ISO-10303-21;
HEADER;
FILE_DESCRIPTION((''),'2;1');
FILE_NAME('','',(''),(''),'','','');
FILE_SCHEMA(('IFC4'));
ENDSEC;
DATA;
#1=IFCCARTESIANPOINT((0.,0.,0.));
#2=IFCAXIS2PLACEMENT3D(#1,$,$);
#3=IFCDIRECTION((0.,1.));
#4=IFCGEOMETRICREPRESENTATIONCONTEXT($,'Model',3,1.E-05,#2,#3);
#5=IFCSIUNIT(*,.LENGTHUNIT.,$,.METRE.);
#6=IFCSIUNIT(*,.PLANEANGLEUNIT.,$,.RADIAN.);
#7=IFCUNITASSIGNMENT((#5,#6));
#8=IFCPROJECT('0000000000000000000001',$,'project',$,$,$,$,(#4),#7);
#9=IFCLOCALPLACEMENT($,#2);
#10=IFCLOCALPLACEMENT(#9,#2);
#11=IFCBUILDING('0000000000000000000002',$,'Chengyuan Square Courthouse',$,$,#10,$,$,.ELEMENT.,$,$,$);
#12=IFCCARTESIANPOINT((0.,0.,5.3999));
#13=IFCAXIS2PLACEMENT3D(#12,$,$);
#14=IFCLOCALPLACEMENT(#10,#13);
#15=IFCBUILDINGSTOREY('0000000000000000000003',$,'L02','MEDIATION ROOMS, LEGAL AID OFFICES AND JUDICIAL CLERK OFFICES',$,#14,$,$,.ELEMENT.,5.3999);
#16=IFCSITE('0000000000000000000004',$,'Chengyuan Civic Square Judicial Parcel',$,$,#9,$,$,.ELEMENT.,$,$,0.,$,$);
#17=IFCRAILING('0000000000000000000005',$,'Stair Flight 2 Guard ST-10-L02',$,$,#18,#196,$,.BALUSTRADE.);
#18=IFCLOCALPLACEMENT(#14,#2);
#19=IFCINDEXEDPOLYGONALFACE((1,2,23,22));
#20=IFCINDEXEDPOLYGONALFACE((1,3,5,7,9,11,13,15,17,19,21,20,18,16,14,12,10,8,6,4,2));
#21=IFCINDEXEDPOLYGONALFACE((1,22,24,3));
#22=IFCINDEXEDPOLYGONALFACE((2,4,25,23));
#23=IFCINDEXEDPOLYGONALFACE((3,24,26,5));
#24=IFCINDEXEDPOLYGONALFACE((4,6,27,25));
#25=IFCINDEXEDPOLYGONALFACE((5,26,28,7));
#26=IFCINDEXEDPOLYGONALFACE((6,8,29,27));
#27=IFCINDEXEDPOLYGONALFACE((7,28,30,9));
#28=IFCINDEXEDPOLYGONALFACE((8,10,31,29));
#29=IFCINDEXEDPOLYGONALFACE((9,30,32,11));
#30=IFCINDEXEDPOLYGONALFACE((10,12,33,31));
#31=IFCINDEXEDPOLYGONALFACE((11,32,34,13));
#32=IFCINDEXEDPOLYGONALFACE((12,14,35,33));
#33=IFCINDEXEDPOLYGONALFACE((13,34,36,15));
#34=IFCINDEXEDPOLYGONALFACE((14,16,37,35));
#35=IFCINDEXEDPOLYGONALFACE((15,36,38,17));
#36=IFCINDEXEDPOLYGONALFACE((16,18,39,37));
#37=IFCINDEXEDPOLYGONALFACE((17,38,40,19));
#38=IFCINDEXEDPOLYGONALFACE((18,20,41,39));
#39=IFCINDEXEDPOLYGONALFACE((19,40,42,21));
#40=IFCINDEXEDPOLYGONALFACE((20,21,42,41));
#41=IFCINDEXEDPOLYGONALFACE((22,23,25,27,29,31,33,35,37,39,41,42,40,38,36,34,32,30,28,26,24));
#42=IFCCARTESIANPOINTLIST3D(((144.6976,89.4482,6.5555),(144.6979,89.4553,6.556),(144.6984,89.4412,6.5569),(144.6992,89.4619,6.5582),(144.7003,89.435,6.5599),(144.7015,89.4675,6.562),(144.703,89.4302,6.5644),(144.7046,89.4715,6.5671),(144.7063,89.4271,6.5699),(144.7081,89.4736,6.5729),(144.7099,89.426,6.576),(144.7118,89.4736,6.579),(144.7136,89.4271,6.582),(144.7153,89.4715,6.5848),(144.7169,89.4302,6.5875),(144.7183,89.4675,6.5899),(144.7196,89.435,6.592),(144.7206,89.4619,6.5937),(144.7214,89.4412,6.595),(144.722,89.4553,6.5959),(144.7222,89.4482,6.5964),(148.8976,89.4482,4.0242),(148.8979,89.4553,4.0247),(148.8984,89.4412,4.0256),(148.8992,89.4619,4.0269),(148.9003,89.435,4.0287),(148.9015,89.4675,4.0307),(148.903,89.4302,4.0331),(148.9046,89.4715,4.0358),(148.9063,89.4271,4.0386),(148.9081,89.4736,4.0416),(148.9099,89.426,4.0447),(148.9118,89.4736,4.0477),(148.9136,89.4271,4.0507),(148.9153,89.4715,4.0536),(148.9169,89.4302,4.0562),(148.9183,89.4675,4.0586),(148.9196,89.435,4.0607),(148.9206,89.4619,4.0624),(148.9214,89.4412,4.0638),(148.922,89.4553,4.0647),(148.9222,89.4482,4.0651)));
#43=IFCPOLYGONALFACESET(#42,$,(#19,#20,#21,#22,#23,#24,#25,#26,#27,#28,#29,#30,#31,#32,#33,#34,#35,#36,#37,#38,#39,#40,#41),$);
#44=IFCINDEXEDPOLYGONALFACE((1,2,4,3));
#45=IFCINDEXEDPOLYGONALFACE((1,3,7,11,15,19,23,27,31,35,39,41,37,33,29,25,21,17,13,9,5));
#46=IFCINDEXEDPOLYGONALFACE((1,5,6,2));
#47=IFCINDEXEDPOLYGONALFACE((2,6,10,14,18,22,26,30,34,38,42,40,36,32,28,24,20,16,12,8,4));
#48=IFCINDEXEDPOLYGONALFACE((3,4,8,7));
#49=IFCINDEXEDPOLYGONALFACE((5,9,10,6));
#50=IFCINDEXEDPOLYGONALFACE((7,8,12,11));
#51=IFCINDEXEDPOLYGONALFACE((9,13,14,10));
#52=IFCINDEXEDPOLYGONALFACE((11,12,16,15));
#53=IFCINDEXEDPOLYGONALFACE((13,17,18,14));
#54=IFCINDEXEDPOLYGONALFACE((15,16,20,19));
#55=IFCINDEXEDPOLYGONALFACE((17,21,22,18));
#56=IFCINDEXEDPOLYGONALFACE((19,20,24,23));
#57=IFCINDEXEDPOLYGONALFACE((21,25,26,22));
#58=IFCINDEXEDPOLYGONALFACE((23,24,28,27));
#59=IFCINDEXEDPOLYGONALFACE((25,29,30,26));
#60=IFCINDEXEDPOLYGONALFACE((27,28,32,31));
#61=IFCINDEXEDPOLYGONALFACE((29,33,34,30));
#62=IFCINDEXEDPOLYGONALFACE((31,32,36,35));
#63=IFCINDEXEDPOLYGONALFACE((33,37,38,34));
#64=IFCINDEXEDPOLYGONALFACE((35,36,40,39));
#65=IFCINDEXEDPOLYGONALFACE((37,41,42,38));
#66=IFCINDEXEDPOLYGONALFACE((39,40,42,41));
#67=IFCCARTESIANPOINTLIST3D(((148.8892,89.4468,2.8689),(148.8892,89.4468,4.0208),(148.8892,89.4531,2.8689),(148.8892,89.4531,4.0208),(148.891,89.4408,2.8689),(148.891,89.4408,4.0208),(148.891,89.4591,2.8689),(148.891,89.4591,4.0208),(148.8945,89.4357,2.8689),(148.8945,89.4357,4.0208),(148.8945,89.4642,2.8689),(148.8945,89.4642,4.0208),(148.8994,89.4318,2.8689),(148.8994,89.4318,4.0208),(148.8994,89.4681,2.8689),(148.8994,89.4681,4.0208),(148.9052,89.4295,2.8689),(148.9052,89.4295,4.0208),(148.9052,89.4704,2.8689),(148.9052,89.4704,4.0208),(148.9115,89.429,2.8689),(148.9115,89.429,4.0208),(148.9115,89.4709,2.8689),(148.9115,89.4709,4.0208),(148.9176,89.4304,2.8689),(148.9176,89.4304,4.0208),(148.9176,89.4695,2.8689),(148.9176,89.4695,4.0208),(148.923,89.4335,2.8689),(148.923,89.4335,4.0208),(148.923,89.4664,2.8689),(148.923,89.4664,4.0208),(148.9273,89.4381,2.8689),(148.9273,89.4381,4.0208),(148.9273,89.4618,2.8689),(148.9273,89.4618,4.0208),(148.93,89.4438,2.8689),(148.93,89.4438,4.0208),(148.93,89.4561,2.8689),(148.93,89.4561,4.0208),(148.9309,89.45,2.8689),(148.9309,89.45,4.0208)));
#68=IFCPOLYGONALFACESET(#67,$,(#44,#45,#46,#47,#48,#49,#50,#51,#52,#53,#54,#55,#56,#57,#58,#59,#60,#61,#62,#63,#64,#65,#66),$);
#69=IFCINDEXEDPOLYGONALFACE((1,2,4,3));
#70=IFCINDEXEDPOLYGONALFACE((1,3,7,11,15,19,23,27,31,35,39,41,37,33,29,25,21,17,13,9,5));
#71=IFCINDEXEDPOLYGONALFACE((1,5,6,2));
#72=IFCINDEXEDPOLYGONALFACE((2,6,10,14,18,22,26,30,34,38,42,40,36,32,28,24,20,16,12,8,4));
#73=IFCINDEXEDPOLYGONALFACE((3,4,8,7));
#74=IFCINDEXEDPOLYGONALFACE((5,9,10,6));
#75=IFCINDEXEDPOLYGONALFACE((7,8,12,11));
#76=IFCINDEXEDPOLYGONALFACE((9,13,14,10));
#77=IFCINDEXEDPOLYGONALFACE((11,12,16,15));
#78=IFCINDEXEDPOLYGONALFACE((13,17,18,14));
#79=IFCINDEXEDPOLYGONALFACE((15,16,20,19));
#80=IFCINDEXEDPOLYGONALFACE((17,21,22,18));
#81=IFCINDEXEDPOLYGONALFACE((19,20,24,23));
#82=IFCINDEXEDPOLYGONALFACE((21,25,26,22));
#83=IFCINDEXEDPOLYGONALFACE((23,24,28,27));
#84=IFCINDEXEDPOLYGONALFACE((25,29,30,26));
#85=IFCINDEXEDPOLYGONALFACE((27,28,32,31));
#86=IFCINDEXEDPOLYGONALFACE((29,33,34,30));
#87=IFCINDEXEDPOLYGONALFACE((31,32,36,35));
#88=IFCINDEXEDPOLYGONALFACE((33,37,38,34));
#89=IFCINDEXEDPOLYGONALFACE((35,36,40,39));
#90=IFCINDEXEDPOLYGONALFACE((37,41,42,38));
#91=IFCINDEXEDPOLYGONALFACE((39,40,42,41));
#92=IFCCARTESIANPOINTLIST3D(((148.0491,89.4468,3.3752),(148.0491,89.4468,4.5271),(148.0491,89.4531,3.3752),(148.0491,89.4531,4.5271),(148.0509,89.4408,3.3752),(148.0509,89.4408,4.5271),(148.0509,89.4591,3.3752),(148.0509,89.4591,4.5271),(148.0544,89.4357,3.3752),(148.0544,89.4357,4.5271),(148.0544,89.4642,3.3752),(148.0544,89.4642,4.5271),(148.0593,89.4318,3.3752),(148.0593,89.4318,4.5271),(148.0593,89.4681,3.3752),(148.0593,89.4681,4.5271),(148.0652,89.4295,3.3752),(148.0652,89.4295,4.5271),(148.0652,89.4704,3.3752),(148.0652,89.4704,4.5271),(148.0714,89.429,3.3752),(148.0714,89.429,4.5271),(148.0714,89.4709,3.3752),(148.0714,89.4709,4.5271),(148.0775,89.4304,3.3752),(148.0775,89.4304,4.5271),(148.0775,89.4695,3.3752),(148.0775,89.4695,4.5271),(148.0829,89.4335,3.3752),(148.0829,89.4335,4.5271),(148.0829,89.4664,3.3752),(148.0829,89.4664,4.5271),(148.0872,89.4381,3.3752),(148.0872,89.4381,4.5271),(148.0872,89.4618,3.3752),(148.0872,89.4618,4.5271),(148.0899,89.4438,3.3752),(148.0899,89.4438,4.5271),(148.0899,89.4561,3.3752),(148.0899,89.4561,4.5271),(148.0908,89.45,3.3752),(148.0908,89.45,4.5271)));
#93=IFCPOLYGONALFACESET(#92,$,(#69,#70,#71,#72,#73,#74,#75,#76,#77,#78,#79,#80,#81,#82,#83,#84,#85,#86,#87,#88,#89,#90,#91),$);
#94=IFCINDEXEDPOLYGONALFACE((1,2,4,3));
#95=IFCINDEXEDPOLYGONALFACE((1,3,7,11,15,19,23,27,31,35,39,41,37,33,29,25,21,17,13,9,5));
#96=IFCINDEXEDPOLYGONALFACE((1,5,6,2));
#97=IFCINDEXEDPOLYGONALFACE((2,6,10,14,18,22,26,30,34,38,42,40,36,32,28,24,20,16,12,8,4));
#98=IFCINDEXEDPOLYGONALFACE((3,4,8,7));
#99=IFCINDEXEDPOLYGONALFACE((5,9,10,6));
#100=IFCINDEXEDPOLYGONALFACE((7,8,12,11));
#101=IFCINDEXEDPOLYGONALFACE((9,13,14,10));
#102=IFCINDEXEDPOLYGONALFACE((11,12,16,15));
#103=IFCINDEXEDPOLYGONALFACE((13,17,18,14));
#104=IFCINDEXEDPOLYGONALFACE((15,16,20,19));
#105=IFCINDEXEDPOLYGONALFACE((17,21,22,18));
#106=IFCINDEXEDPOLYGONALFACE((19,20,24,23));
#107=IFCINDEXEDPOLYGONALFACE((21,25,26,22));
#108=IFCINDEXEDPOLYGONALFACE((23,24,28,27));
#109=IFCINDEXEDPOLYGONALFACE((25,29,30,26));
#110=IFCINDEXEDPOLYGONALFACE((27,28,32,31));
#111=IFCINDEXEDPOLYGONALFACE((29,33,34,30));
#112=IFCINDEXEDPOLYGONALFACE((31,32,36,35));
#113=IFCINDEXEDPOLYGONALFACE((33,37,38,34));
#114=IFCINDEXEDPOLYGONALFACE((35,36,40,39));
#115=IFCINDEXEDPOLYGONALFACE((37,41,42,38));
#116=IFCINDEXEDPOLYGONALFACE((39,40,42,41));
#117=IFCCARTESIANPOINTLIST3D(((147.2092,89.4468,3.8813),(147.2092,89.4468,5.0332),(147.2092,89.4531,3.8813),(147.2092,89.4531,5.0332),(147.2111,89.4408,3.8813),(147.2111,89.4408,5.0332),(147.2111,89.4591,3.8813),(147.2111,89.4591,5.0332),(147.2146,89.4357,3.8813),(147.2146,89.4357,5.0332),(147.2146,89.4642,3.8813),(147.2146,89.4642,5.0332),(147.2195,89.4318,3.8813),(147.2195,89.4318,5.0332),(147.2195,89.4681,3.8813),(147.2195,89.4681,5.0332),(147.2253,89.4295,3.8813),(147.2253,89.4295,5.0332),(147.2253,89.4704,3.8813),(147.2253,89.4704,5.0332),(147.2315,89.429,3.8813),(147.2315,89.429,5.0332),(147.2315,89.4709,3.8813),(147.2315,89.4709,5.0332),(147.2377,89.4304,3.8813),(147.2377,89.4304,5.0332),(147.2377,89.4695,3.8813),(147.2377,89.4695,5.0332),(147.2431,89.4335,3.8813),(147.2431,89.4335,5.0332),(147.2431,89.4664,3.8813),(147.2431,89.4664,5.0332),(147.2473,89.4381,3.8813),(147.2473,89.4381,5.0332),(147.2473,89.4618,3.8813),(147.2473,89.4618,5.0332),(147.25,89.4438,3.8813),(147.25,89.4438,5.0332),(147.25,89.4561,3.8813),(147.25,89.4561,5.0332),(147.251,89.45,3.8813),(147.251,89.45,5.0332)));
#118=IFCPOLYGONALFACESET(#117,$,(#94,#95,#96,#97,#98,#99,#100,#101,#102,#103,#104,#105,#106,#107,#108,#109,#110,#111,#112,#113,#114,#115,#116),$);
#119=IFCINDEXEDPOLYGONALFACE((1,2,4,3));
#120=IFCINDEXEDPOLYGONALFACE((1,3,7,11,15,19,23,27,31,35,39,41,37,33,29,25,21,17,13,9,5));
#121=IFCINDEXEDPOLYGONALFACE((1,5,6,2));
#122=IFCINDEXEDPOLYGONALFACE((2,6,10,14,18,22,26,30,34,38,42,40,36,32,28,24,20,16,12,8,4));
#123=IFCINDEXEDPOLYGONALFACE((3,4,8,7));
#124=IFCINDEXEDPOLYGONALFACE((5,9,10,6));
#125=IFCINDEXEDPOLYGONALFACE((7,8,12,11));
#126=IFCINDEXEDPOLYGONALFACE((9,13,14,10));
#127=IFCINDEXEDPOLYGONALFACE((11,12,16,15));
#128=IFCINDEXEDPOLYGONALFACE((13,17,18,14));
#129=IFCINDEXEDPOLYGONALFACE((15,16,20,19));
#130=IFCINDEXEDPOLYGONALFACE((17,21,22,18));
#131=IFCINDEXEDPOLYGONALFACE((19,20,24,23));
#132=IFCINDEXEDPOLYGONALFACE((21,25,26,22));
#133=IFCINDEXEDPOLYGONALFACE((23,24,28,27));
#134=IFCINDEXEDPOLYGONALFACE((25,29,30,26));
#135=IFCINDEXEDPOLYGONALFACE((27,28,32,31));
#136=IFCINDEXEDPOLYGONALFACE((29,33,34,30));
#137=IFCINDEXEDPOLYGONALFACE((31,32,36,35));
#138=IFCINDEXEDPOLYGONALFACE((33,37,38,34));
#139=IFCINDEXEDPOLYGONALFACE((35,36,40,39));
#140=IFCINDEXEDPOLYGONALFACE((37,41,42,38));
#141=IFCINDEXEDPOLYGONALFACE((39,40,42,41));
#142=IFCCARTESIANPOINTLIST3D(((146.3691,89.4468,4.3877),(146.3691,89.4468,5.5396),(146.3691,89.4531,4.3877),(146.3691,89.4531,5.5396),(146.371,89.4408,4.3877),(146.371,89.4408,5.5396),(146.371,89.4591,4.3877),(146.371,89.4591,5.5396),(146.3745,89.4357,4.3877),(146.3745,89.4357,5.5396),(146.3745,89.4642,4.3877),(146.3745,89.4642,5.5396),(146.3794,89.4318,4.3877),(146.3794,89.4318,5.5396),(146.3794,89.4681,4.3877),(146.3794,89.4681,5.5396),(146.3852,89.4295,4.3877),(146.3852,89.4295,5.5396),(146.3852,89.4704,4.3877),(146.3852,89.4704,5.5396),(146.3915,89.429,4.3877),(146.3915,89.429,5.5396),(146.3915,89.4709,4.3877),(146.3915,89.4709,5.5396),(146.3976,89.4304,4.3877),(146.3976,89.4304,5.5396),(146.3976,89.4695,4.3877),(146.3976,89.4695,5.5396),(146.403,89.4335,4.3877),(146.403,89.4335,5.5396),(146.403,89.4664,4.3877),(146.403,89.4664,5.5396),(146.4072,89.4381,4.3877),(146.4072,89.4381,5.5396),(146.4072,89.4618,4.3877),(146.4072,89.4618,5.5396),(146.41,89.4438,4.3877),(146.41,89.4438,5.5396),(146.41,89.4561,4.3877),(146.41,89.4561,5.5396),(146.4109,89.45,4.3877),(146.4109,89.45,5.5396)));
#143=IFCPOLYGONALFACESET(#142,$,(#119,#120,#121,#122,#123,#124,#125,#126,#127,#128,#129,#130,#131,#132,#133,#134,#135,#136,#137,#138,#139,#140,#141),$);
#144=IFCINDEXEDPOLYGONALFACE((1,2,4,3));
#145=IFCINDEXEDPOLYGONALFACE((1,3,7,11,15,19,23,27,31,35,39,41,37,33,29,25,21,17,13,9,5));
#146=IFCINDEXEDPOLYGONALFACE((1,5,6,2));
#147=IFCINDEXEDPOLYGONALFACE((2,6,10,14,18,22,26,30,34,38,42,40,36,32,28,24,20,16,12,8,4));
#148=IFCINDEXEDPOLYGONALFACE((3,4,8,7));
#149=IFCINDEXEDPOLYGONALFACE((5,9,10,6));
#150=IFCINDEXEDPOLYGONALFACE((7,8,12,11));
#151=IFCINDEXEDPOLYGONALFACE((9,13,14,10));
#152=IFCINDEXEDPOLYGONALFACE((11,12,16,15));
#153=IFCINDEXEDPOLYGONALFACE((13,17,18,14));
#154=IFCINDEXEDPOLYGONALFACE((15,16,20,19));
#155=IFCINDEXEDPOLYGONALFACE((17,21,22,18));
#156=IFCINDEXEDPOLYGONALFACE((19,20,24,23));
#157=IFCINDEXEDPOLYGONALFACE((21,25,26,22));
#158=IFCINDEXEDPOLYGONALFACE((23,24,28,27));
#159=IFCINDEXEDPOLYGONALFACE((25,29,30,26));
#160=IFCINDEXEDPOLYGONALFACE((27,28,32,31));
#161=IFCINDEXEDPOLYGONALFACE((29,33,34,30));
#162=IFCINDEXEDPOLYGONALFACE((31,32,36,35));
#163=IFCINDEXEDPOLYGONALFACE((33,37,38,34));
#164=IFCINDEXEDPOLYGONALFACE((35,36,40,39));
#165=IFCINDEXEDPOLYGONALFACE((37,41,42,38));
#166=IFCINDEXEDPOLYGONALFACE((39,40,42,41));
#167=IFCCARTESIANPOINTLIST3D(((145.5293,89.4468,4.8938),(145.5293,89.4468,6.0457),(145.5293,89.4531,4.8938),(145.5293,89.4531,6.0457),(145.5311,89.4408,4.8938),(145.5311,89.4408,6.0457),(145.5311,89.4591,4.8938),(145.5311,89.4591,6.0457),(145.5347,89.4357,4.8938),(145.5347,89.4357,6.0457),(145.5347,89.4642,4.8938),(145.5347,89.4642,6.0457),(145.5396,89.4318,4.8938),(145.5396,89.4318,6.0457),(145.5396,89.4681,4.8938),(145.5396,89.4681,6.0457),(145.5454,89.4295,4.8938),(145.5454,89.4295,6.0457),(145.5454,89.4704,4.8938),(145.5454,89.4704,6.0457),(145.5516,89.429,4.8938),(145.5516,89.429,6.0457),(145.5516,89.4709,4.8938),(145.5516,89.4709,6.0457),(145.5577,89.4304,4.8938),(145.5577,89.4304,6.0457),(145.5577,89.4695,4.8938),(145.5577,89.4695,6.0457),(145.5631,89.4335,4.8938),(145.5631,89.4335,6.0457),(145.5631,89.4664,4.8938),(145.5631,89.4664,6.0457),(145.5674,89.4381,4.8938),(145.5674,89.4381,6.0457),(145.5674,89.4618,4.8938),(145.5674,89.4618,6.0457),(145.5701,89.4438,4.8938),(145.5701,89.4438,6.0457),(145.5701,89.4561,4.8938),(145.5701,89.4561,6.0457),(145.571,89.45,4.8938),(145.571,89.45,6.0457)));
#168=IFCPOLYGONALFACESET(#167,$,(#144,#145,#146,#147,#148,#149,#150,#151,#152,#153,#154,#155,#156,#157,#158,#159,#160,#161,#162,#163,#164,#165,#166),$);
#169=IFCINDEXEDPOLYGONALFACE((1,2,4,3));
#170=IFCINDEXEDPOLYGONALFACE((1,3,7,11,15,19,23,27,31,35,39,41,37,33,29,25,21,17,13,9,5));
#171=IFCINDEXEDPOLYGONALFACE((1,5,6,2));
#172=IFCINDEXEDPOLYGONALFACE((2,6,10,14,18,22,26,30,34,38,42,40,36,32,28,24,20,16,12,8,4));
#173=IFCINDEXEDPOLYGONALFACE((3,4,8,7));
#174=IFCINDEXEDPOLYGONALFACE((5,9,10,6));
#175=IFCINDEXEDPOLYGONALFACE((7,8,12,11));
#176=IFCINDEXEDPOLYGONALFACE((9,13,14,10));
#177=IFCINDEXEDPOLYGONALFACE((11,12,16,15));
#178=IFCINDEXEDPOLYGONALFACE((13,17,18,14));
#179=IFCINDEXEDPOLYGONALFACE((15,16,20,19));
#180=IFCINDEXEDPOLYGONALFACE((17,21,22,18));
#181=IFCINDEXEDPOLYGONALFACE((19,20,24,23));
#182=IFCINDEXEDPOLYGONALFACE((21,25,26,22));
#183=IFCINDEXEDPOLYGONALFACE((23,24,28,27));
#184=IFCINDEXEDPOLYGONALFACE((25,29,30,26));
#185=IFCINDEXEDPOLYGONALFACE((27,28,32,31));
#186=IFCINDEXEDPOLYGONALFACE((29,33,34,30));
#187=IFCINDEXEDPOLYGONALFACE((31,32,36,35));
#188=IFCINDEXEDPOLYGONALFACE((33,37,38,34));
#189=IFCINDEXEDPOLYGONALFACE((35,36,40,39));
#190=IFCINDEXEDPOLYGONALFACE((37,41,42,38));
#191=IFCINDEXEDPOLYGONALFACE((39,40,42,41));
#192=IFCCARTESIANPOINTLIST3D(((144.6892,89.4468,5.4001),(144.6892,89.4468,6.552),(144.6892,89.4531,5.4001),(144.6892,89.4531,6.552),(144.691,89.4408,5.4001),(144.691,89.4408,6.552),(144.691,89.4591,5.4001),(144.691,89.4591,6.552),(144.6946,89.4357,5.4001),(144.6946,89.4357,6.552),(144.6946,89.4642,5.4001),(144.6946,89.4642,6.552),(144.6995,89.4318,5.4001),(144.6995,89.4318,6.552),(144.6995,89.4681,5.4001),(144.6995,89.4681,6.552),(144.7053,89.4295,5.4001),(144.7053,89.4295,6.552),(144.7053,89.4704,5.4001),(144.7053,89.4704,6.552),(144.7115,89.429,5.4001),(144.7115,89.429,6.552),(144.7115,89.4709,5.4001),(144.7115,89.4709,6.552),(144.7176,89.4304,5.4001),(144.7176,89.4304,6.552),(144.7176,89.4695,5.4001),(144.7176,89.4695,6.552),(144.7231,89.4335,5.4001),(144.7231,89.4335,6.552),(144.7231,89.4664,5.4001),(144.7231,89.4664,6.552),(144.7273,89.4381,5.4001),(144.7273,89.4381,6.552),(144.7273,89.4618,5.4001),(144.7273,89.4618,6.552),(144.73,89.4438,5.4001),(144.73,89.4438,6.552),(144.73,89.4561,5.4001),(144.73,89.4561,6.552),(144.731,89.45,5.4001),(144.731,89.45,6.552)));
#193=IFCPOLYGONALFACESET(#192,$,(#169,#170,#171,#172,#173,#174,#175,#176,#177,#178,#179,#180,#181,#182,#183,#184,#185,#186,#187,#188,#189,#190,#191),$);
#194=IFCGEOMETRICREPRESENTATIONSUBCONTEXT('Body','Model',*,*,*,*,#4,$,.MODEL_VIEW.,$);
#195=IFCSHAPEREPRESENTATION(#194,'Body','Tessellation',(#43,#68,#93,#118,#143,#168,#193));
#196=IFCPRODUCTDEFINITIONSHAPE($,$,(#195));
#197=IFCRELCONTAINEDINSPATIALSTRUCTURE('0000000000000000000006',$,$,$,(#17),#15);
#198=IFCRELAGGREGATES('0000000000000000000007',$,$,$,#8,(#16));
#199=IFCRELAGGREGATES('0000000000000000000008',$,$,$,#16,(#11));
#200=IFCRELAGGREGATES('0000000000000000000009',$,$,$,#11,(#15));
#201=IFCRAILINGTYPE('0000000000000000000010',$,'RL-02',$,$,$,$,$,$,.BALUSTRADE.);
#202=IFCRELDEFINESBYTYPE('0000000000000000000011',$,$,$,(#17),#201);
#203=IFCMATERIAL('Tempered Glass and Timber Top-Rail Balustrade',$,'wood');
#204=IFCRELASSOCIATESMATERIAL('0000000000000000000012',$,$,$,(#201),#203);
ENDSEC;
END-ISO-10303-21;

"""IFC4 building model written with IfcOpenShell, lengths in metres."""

from ifc_helpers import new_model, si_unit, direction, frame, origin, origin_2d, place, context, subcontext, project, spatial, circle, extrude, material, type_object, element, save


model = new_model("IFC4")

# Units and contexts
model_context = context("Model", 3, precision=1e-05, world=origin(), true_north=direction((0.0, 1.0)))
body_context = subcontext(model_context, "Body", "Model", "MODEL_VIEW")
ifc_project = project(units=[si_unit("LENGTHUNIT", "METRE"), si_unit("PLANEANGLEUNIT", "RADIAN")], contexts=[model_context])

# Site, building, storey
site_placement = place(None, origin())
site = spatial("IfcSite", under=ifc_project, at=site_placement, Name="Chengyuan Civic Square Judicial Parcel", CompositionType="ELEMENT", RefElevation=0.0)
building_placement = place(site_placement, origin())
building = spatial("IfcBuilding", under=site, at=building_placement, Name="Chengyuan Square Courthouse", CompositionType="ELEMENT")
storey_placement = place(building_placement, frame((0.0, 0.0, 5.3999)))
storey = spatial("IfcBuildingStorey", under=building, at=storey_placement, Name="L02", Description="MEDIATION ROOMS, LEGAL AID OFFICES AND JUDICIAL CLERK OFFICES", CompositionType="ELEMENT", Elevation=5.3999)

# Railing
ifc_material_1 = material(Name="Tempered Glass and Timber Top-Rail Balustrade", Category="wood")
railing_type_1 = type_object("IfcRailingType", Name="RL-02", PredefinedType="BALUSTRADE", material=ifc_material_1)
railing_1_placement = place(storey_placement, frame((148.9099, 89.45, 2.8689)))
element("IfcRailing", 1, at=railing_1_placement, inside=storey, type_object=railing_type_1, Name="Stair Flight 2 Guard ST-10-L02", PredefinedType="BALUSTRADE", context=body_context, shape_type="SweptSolid", body=[
    extrude(circle(Radius=0.0239, at=origin_2d()), frame((0.0, 0.0, 1.1758), z_axis=(-0.856476, 0.0, 0.516186), x_axis=(0.0, -1.0, 0.0)), (0.0, 0.0, 1.0), 4.9038),
    extrude(circle(Radius=0.021, at=origin_2d()), origin(), (0.0, 0.0, 1.0), 1.1519),
    extrude(circle(Radius=0.021, at=origin_2d()), frame((-0.8401, 0.0, 0.5063)), (0.0, 0.0, 1.0), 1.1519),
    extrude(circle(Radius=0.021, at=origin_2d()), frame((-1.6799, 0.0, 1.0125)), (0.0, 0.0, 1.0), 1.1519),
    extrude(circle(Radius=0.021, at=origin_2d()), frame((-2.52, 0.0, 1.5188)), (0.0, 0.0, 1.0), 1.1519),
    extrude(circle(Radius=0.021, at=origin_2d()), frame((-3.3599, 0.0, 2.0249)), (0.0, 0.0, 1.0), 1.1519),
    extrude(circle(Radius=0.021, at=origin_2d()), frame((-4.2, 0.0, 2.5312)), (0.0, 0.0, 1.0), 1.1519),
])

save(model, "model.ifc")
